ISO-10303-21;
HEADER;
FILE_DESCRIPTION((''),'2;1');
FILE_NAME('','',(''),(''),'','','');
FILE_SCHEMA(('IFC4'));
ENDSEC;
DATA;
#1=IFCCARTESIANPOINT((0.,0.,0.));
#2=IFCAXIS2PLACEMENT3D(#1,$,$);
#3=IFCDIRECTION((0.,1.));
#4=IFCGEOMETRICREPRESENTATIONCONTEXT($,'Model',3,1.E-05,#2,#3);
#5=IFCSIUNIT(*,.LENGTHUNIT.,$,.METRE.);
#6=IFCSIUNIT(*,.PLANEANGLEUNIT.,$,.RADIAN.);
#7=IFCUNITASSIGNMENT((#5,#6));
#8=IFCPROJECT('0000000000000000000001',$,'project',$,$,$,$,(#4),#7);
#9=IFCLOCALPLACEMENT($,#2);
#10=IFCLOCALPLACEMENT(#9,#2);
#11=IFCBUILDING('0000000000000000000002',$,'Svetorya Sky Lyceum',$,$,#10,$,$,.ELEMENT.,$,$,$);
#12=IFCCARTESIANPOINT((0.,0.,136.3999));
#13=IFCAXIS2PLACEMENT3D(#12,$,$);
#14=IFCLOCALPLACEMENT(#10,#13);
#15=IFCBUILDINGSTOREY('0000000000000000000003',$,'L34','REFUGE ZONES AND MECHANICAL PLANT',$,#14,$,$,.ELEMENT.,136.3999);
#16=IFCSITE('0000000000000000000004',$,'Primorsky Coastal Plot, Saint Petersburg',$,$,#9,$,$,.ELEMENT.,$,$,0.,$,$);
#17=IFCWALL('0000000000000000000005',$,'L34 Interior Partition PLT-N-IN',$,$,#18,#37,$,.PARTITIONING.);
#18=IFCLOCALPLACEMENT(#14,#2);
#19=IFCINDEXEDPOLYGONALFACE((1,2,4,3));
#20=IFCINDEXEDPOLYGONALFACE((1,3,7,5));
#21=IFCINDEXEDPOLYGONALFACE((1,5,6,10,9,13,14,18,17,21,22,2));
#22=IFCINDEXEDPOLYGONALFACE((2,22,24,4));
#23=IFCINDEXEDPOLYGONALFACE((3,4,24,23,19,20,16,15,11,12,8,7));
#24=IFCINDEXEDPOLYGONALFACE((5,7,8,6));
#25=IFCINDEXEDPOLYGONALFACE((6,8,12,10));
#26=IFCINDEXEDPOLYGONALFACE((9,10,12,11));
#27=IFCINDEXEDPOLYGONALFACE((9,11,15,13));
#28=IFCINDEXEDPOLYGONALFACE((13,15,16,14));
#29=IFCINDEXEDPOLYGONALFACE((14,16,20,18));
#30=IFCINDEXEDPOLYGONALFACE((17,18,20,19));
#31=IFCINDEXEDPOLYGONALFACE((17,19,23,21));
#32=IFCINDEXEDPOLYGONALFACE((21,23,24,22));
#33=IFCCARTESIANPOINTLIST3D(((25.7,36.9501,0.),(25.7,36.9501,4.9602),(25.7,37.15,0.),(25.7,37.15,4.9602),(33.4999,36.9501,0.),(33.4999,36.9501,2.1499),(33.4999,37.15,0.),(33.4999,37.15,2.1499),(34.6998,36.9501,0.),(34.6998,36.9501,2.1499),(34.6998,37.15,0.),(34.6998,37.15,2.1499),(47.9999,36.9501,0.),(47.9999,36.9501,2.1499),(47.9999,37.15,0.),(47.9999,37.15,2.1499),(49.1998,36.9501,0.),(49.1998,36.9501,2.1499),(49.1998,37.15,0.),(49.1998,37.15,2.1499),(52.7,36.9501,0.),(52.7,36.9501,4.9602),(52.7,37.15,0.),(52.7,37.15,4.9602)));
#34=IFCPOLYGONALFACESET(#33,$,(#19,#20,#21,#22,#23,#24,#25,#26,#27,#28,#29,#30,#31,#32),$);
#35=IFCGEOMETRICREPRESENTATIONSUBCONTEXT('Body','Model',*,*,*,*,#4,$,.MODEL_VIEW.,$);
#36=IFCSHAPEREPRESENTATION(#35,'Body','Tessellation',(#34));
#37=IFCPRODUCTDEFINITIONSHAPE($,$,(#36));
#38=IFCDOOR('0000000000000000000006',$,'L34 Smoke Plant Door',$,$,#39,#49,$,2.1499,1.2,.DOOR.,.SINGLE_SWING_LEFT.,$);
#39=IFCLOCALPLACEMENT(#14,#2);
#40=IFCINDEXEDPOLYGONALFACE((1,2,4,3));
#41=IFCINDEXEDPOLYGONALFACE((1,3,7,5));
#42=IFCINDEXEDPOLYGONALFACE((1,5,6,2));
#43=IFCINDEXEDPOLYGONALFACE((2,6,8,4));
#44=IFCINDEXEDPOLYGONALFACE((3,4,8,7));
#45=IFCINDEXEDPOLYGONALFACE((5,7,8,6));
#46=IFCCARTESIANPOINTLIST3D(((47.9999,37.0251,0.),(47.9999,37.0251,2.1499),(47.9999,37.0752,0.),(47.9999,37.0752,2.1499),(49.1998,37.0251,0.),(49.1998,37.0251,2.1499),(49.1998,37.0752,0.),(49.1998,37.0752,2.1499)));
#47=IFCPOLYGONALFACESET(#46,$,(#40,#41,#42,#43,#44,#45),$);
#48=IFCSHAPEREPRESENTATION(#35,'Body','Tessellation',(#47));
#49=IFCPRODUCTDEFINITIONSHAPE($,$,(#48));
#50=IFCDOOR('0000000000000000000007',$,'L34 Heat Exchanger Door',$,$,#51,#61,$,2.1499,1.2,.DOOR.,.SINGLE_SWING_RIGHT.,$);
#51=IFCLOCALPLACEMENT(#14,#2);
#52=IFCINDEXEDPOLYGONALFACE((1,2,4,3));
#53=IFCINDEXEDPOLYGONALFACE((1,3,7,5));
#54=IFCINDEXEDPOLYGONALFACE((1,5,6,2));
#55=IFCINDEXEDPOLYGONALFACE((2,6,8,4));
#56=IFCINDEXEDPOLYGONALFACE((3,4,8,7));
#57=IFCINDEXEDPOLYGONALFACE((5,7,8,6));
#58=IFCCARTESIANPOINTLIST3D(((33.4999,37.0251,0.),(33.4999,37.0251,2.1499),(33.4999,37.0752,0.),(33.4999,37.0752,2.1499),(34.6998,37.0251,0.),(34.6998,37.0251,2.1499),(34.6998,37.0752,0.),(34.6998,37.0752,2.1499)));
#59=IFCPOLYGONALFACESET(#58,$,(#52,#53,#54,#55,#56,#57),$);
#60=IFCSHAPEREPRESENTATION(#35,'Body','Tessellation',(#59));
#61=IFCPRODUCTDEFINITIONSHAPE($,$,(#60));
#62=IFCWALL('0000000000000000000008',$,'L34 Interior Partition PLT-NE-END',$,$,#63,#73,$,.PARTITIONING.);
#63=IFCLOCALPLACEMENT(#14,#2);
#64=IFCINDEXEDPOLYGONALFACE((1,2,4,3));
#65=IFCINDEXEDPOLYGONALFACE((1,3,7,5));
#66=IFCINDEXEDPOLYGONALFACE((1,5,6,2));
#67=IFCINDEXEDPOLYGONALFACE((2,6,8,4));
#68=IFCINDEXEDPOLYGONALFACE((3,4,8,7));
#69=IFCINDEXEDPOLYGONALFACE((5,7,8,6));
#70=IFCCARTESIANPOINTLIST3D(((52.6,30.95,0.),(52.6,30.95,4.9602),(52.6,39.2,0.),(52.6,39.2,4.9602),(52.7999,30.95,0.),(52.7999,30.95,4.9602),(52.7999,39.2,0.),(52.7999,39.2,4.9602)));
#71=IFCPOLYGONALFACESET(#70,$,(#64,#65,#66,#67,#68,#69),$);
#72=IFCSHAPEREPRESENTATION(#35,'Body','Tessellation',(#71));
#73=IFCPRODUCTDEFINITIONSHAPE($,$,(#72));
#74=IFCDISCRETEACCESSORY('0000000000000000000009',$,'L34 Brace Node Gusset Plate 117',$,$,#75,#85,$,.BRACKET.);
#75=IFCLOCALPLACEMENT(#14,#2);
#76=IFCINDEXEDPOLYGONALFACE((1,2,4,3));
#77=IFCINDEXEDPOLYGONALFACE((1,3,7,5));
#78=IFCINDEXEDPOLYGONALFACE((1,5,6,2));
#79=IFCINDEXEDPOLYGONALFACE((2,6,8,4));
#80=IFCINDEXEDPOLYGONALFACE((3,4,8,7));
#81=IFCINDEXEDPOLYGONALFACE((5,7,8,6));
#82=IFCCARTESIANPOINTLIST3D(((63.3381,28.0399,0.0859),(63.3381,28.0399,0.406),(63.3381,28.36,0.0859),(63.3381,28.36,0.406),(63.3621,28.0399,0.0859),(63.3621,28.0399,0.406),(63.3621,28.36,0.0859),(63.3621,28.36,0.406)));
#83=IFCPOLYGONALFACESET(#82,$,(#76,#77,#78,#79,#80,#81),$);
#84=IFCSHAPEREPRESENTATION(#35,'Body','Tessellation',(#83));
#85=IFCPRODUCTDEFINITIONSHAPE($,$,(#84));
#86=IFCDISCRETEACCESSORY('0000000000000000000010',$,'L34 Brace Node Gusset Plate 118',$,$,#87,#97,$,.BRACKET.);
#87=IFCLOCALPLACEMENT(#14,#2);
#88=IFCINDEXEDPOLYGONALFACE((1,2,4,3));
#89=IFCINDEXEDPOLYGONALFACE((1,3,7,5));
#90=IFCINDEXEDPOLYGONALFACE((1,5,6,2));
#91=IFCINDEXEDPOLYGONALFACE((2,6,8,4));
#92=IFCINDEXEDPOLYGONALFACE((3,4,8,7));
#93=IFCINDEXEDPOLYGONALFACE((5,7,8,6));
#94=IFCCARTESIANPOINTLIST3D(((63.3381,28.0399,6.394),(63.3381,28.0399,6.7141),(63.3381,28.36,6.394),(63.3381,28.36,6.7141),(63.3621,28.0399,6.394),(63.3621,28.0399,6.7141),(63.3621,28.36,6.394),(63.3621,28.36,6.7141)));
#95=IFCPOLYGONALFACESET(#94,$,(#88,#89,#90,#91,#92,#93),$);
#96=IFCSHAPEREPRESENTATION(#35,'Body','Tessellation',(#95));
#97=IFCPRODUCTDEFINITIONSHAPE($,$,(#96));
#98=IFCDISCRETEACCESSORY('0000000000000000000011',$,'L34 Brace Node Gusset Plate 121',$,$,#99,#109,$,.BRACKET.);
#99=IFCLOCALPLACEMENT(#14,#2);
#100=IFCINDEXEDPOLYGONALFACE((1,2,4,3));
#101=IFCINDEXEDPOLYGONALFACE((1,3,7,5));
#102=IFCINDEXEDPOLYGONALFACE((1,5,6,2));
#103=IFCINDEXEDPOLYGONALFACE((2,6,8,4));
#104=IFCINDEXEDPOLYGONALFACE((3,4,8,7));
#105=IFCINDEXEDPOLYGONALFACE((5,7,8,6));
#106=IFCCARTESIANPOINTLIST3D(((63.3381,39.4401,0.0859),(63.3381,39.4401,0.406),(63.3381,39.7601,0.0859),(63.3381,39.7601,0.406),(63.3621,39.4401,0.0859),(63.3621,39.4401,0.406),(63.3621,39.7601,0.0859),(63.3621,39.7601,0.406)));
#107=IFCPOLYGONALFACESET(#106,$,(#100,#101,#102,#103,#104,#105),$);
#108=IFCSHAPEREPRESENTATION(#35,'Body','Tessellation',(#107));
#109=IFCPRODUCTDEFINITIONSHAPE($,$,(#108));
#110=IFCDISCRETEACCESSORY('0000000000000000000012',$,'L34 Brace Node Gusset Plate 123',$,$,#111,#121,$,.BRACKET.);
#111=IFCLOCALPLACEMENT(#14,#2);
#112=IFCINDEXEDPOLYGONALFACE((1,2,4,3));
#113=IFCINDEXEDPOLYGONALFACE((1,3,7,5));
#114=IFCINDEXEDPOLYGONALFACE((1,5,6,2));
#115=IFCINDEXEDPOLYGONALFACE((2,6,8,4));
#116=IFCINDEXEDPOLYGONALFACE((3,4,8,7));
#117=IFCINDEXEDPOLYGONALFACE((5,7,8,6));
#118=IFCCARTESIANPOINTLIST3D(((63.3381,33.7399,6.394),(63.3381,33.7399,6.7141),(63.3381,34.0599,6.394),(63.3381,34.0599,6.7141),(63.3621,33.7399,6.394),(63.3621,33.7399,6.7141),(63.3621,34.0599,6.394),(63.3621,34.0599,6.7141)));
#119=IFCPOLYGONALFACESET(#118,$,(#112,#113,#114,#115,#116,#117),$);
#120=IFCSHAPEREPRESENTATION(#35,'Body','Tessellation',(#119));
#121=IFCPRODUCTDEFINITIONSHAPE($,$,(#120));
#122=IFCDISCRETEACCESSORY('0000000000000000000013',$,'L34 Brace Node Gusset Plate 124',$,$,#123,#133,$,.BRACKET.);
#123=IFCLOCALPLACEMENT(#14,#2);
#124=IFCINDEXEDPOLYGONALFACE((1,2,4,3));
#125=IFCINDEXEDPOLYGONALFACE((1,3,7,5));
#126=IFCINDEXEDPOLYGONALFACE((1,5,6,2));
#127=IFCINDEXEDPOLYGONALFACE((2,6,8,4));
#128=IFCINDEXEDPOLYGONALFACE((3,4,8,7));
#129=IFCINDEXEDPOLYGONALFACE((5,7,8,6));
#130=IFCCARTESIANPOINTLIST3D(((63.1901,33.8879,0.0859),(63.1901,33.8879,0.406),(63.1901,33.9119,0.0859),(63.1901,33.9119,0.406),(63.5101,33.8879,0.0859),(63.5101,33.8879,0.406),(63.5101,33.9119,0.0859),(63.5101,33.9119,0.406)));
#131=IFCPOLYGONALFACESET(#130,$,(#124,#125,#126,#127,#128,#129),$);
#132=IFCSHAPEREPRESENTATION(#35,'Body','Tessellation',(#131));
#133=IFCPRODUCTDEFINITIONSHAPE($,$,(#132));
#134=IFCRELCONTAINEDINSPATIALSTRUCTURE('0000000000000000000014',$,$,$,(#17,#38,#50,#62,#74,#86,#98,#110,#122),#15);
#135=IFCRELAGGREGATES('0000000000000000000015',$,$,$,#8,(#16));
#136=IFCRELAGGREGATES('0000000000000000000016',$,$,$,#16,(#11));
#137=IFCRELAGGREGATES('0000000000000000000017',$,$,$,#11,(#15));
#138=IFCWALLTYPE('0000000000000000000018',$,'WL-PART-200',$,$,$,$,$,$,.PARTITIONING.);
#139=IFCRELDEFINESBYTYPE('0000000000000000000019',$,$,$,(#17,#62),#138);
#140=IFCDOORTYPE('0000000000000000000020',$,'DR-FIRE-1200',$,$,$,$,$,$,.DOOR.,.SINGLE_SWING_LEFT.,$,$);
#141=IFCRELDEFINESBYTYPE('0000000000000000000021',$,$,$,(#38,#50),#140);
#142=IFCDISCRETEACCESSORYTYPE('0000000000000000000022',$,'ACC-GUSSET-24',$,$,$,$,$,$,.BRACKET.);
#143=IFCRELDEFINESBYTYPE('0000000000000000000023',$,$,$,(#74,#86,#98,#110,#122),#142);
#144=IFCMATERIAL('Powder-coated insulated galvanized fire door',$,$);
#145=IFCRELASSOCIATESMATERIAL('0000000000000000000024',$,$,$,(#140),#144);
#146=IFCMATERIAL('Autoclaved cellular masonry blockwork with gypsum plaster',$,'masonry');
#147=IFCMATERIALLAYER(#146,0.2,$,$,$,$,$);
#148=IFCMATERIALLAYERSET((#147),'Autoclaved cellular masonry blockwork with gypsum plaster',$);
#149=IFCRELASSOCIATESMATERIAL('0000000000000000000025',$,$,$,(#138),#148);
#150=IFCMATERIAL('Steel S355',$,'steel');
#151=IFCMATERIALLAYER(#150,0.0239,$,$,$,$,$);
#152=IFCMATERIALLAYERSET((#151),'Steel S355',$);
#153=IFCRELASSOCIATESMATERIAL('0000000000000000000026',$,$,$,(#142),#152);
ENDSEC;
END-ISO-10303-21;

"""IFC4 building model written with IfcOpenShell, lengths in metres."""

from ifc_helpers import new_model, si_unit, direction, frame, frame_2d, origin, origin_2d, place, context, subcontext, project, spatial, rectangle, extrude, material, layer, layer_set, type_object, element, fill, save


model = new_model("IFC4")

# Units and contexts
model_context = context("Model", 3, precision=1e-05, world=origin(), true_north=direction((0.0, 1.0)))
body_context = subcontext(model_context, "Body", "Model", "MODEL_VIEW")
ifc_project = project(units=[si_unit("LENGTHUNIT", "METRE"), si_unit("PLANEANGLEUNIT", "RADIAN")], contexts=[model_context])

# Site, building, storey
site_placement = place(None, origin())
site = spatial("IfcSite", under=ifc_project, at=site_placement, Name="Primorsky Coastal Plot, Saint Petersburg", CompositionType="ELEMENT", RefElevation=0.0)
building_placement = place(site_placement, origin())
building = spatial("IfcBuilding", under=site, at=building_placement, Name="Svetorya Sky Lyceum", CompositionType="ELEMENT")
storey_placement = place(building_placement, frame((0.0, 0.0, 136.3999)))
storey = spatial("IfcBuildingStorey", under=building, at=storey_placement, Name="L34", Description="REFUGE ZONES AND MECHANICAL PLANT", CompositionType="ELEMENT", Elevation=136.3999)

# Shared definitions
ifc_material_1 = material(Name="Steel S355", Category="steel")

# Shared definitions
ifc_material_2 = material(Name="Powder-coated insulated galvanized fire door")
door_type_1 = type_object("IfcDoorType", Name="DR-FIRE-1200", OperationType="SINGLE_SWING_LEFT", PredefinedType="DOOR", material=ifc_material_2)

# Wall, openings, doors
ifc_material_3 = material(Name="Autoclaved cellular masonry blockwork with gypsum plaster", Category="masonry")
ifc_layer_1 = layer(ifc_material_3, 0.2)
ifc_layer_set_1 = layer_set([ifc_layer_1], Name="Autoclaved cellular masonry blockwork with gypsum plaster")
wall_type_1 = type_object("IfcWallType", Name="WL-PART-200", PredefinedType="PARTITIONING", material=ifc_layer_set_1)
wall_1_placement = place(storey_placement, frame((52.7, 37.05, 0.0), z_axis=(0.0, 0.0, 1.0), x_axis=(-1.0, 0.0, 0.0)))
wall_1 = element("IfcWall", 1, at=wall_1_placement, inside=storey, type_object=wall_type_1, Name="L34 Interior Partition PLT-N-IN", PredefinedType="PARTITIONING", context=body_context, shape_type="SweptSolid", body=[
    extrude(rectangle(XDim=27.0, YDim=0.2, at=frame_2d((13.5, 0.0))), origin(), (0.0, 0.0, 1.0), 4.9602),
])
opening_1_placement = place(wall_1_placement, frame((3.5, 0.0, 0.0)))
opening_1 = element("IfcOpeningElement", 2, at=opening_1_placement, cuts=wall_1, PredefinedType="OPENING", context=body_context, shape_type="SweptSolid", body=[
    extrude(rectangle(XDim=1.2, YDim=2.1499, at=frame_2d((0.6001, 1.075))), frame((0.0, 0.1099, 0.0), z_axis=(0.0, -1.0, 0.0), x_axis=(1.0, 0.0, 0.0)), (0.0, 0.0, 1.0), 0.22),
])
opening_2_placement = place(wall_1_placement, frame((18.0, 0.0, 0.0)))
opening_2 = element("IfcOpeningElement", 3, at=opening_2_placement, cuts=wall_1, PredefinedType="OPENING", context=body_context, shape_type="SweptSolid", body=[
    extrude(rectangle(XDim=1.2, YDim=2.1499, at=frame_2d((0.6001, 1.075))), frame((0.0, 0.1099, 0.0), z_axis=(0.0, -1.0, 0.0), x_axis=(1.0, 0.0, 0.0)), (0.0, 0.0, 1.0), 0.22),
])
door_1_placement = place(opening_1_placement, origin())
door_1 = element("IfcDoor", 4, at=door_1_placement, inside=storey, type_object=door_type_1, Name="L34 Smoke Plant Door", OperationType="SINGLE_SWING_LEFT", OverallHeight=2.1499, OverallWidth=1.2, PredefinedType="DOOR", context=body_context, shape_type="SweptSolid", body=[
    extrude(rectangle(XDim=1.2, YDim=2.1499, at=frame_2d((0.6001, 1.075))), frame((0.0, 0.0249, 0.0), z_axis=(0.0, -1.0, 0.0), x_axis=(1.0, 0.0, 0.0)), (0.0, 0.0, 1.0), 0.05),
])
fill(opening_1, door_1)
door_2_placement = place(opening_2_placement, origin())
door_2 = element("IfcDoor", 5, at=door_2_placement, inside=storey, type_object=door_type_1, Name="L34 Heat Exchanger Door", OperationType="SINGLE_SWING_RIGHT", OverallHeight=2.1499, OverallWidth=1.2, PredefinedType="DOOR", context=body_context, shape_type="SweptSolid", body=[
    extrude(rectangle(XDim=1.2, YDim=2.1499, at=frame_2d((0.6001, 1.075))), frame((0.0, 0.0249, 0.0), z_axis=(0.0, -1.0, 0.0), x_axis=(1.0, 0.0, 0.0)), (0.0, 0.0, 1.0), 0.05),
])
fill(opening_2, door_2)

# Wall
wall_2_placement = place(storey_placement, frame((52.7, 30.95, 0.0), z_axis=(0.0, 0.0, 1.0), x_axis=(0.0, 1.0, 0.0)))
element("IfcWall", 6, at=wall_2_placement, inside=storey, type_object=wall_type_1, Name="L34 Interior Partition PLT-NE-END", PredefinedType="PARTITIONING", context=body_context, shape_type="SweptSolid", body=[
    extrude(rectangle(XDim=8.25, YDim=0.2, at=frame_2d((4.125, 0.0))), origin(), (0.0, 0.0, 1.0), 4.9602),
])

# Discrete accessories
ifc_layer_2 = layer(ifc_material_1, 0.0239)
ifc_layer_set_2 = layer_set([ifc_layer_2], Name="Steel S355")
discrete_accessory_type = type_object("IfcDiscreteAccessoryType", Name="ACC-GUSSET-24", PredefinedType="BRACKET", material=ifc_layer_set_2)
for number, where, z_axis, x_axis, name in (
    (7, (63.3501, 28.2, 0.0859), (0.0, 0.0, 1.0), (1.0, 0.0, 0.0), "L34 Brace Node Gusset Plate 117"),
    (8, (63.3501, 28.2, 6.394), (0.0, 0.0, 1.0), (1.0, 0.0, 0.0), "L34 Brace Node Gusset Plate 118"),
    (9, (63.3501, 39.6001, 0.0859), (0.0, 0.0, 1.0), (1.0, 0.0, 0.0), "L34 Brace Node Gusset Plate 121"),
    (10, (63.3501, 33.8999, 6.394), (0.0, 0.0, 1.0), (1.0, 0.0, 0.0), "L34 Brace Node Gusset Plate 123"),
):
    element("IfcDiscreteAccessory", number, at=place(storey_placement, frame(where, z_axis=z_axis, x_axis=x_axis)), inside=storey, type_object=discrete_accessory_type, Name=name, PredefinedType="BRACKET", context=body_context, shape_type="SweptSolid", body=[
        extrude(rectangle(XDim=0.0239, YDim=0.3201, at=origin_2d()), origin(), (0.0, 0.0, 1.0), 0.3201),
    ])
discrete_accessory_placement = place(storey_placement, frame((63.3501, 33.8999, 0.0859), z_axis=(0.0, 0.0, 1.0), x_axis=(1.0, 0.0, 0.0)))
element("IfcDiscreteAccessory", 11, at=discrete_accessory_placement, inside=storey, type_object=discrete_accessory_type, Name="L34 Brace Node Gusset Plate 124", PredefinedType="BRACKET", context=body_context, shape_type="SweptSolid", body=[
    extrude(rectangle(XDim=0.3201, YDim=0.0239, at=origin_2d()), origin(), (0.0, 0.0, 1.0), 0.3201),
])

save(model, "model.ifc")
